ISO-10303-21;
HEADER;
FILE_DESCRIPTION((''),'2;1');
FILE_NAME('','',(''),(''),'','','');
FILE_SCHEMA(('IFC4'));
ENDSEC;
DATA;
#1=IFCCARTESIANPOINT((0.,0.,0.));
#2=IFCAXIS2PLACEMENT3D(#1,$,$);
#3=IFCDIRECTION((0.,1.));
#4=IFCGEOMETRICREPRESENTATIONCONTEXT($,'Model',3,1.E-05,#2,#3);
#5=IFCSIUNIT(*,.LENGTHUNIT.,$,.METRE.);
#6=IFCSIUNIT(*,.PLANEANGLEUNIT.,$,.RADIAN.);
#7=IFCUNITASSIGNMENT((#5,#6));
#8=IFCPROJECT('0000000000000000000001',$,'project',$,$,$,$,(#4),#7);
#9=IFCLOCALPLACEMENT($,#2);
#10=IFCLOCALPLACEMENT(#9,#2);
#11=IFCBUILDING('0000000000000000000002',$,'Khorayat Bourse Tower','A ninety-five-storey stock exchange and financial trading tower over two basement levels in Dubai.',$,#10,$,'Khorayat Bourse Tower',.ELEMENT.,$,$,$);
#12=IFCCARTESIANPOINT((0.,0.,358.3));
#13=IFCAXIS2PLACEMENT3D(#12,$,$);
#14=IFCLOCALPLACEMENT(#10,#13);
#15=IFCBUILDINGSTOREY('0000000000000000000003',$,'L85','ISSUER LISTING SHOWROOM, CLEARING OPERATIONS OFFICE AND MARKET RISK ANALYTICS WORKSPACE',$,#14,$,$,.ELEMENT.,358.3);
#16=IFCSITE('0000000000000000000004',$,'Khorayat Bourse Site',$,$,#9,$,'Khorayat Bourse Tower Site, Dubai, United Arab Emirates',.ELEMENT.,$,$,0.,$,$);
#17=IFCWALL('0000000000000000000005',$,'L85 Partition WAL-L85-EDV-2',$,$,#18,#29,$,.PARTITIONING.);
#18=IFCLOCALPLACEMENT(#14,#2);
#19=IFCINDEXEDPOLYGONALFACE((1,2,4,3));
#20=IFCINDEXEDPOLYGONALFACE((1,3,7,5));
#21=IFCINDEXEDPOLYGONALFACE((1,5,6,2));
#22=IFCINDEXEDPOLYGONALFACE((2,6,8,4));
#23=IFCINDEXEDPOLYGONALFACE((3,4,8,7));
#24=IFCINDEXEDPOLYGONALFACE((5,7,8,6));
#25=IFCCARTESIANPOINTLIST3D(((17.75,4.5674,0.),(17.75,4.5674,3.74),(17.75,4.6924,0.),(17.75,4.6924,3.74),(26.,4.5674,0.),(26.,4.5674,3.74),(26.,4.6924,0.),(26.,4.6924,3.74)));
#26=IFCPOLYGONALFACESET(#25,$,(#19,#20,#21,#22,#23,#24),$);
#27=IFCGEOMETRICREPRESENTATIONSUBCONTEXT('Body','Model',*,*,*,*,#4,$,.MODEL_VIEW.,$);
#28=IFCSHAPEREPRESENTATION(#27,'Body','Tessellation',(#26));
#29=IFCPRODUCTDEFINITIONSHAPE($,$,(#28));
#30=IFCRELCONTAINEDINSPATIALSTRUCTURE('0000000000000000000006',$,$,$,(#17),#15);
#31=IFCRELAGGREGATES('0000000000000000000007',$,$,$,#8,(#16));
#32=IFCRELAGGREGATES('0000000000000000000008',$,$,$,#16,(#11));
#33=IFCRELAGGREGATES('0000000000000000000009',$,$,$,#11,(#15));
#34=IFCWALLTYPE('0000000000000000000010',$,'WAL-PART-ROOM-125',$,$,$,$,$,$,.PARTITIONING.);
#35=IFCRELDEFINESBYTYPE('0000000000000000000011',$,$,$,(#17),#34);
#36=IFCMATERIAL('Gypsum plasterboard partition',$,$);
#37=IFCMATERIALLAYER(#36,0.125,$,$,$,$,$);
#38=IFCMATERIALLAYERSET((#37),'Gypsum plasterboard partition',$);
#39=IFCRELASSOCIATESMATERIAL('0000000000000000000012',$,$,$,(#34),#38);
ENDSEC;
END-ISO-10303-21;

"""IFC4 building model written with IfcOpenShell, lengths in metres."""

from ifc_helpers import new_model, si_unit, direction, frame, frame_2d, origin, place, context, subcontext, project, spatial, rectangle, extrude, source, transform, mapped, material, layer, layer_set, type_object, element, save


model = new_model("IFC4")

# Units and contexts
model_context = context("Model", 3, precision=1e-05, world=origin(), true_north=direction((0.0, 1.0)))
body_context = subcontext(model_context, "Body", "Model", "MODEL_VIEW")
ifc_project = project(units=[si_unit("LENGTHUNIT", "METRE"), si_unit("PLANEANGLEUNIT", "RADIAN")], contexts=[model_context])

# Site, building, storey
site_placement = place(None, origin())
site = spatial("IfcSite", under=ifc_project, at=site_placement, Name="Khorayat Bourse Site", LongName="Khorayat Bourse Tower Site, Dubai, United Arab Emirates", CompositionType="ELEMENT", RefElevation=0.0)
building_placement = place(site_placement, origin())
building = spatial("IfcBuilding", under=site, at=building_placement, Name="Khorayat Bourse Tower", Description="A ninety-five-storey stock exchange and financial trading tower over two basement levels in Dubai.", LongName="Khorayat Bourse Tower", CompositionType="ELEMENT")
storey_placement = place(building_placement, frame((0.0, 0.0, 358.3)))
storey = spatial("IfcBuildingStorey", under=building, at=storey_placement, Name="L85", Description="ISSUER LISTING SHOWROOM, CLEARING OPERATIONS OFFICE AND MARKET RISK ANALYTICS WORKSPACE", CompositionType="ELEMENT", Elevation=358.3)

# Wall
ifc_material_1 = material(Name="Gypsum plasterboard partition")
ifc_layer_1 = layer(ifc_material_1, 0.125)
ifc_layer_set_1 = layer_set([ifc_layer_1], Name="Gypsum plasterboard partition")
wall_type_1 = type_object("IfcWallType", Name="WAL-PART-ROOM-125", PredefinedType="PARTITIONING", material=ifc_layer_set_1)
shared_shape_1 = source(origin(), body_context, "Body", "SweptSolid", [
    extrude(rectangle(XDim=8.25, YDim=0.125, at=frame_2d((4.125, 0.0))), origin(), (0.0, 0.0, 1.0), 3.74),
])
wall_1_placement = place(storey_placement, frame((17.75, 4.6299, 0.0), z_axis=(0.0, 0.0, 1.0), x_axis=(1.0, 0.0, 0.0)))
element("IfcWall", 1, at=wall_1_placement, inside=storey, type_object=wall_type_1, Name="L85 Partition WAL-L85-EDV-2", PredefinedType="PARTITIONING", context=body_context, shape_type="MappedRepresentation", body=[
    mapped(shared_shape_1, transform((0.0, 0.0, 0.0), scale=1.0)),
])

save(model, "model.ifc")
